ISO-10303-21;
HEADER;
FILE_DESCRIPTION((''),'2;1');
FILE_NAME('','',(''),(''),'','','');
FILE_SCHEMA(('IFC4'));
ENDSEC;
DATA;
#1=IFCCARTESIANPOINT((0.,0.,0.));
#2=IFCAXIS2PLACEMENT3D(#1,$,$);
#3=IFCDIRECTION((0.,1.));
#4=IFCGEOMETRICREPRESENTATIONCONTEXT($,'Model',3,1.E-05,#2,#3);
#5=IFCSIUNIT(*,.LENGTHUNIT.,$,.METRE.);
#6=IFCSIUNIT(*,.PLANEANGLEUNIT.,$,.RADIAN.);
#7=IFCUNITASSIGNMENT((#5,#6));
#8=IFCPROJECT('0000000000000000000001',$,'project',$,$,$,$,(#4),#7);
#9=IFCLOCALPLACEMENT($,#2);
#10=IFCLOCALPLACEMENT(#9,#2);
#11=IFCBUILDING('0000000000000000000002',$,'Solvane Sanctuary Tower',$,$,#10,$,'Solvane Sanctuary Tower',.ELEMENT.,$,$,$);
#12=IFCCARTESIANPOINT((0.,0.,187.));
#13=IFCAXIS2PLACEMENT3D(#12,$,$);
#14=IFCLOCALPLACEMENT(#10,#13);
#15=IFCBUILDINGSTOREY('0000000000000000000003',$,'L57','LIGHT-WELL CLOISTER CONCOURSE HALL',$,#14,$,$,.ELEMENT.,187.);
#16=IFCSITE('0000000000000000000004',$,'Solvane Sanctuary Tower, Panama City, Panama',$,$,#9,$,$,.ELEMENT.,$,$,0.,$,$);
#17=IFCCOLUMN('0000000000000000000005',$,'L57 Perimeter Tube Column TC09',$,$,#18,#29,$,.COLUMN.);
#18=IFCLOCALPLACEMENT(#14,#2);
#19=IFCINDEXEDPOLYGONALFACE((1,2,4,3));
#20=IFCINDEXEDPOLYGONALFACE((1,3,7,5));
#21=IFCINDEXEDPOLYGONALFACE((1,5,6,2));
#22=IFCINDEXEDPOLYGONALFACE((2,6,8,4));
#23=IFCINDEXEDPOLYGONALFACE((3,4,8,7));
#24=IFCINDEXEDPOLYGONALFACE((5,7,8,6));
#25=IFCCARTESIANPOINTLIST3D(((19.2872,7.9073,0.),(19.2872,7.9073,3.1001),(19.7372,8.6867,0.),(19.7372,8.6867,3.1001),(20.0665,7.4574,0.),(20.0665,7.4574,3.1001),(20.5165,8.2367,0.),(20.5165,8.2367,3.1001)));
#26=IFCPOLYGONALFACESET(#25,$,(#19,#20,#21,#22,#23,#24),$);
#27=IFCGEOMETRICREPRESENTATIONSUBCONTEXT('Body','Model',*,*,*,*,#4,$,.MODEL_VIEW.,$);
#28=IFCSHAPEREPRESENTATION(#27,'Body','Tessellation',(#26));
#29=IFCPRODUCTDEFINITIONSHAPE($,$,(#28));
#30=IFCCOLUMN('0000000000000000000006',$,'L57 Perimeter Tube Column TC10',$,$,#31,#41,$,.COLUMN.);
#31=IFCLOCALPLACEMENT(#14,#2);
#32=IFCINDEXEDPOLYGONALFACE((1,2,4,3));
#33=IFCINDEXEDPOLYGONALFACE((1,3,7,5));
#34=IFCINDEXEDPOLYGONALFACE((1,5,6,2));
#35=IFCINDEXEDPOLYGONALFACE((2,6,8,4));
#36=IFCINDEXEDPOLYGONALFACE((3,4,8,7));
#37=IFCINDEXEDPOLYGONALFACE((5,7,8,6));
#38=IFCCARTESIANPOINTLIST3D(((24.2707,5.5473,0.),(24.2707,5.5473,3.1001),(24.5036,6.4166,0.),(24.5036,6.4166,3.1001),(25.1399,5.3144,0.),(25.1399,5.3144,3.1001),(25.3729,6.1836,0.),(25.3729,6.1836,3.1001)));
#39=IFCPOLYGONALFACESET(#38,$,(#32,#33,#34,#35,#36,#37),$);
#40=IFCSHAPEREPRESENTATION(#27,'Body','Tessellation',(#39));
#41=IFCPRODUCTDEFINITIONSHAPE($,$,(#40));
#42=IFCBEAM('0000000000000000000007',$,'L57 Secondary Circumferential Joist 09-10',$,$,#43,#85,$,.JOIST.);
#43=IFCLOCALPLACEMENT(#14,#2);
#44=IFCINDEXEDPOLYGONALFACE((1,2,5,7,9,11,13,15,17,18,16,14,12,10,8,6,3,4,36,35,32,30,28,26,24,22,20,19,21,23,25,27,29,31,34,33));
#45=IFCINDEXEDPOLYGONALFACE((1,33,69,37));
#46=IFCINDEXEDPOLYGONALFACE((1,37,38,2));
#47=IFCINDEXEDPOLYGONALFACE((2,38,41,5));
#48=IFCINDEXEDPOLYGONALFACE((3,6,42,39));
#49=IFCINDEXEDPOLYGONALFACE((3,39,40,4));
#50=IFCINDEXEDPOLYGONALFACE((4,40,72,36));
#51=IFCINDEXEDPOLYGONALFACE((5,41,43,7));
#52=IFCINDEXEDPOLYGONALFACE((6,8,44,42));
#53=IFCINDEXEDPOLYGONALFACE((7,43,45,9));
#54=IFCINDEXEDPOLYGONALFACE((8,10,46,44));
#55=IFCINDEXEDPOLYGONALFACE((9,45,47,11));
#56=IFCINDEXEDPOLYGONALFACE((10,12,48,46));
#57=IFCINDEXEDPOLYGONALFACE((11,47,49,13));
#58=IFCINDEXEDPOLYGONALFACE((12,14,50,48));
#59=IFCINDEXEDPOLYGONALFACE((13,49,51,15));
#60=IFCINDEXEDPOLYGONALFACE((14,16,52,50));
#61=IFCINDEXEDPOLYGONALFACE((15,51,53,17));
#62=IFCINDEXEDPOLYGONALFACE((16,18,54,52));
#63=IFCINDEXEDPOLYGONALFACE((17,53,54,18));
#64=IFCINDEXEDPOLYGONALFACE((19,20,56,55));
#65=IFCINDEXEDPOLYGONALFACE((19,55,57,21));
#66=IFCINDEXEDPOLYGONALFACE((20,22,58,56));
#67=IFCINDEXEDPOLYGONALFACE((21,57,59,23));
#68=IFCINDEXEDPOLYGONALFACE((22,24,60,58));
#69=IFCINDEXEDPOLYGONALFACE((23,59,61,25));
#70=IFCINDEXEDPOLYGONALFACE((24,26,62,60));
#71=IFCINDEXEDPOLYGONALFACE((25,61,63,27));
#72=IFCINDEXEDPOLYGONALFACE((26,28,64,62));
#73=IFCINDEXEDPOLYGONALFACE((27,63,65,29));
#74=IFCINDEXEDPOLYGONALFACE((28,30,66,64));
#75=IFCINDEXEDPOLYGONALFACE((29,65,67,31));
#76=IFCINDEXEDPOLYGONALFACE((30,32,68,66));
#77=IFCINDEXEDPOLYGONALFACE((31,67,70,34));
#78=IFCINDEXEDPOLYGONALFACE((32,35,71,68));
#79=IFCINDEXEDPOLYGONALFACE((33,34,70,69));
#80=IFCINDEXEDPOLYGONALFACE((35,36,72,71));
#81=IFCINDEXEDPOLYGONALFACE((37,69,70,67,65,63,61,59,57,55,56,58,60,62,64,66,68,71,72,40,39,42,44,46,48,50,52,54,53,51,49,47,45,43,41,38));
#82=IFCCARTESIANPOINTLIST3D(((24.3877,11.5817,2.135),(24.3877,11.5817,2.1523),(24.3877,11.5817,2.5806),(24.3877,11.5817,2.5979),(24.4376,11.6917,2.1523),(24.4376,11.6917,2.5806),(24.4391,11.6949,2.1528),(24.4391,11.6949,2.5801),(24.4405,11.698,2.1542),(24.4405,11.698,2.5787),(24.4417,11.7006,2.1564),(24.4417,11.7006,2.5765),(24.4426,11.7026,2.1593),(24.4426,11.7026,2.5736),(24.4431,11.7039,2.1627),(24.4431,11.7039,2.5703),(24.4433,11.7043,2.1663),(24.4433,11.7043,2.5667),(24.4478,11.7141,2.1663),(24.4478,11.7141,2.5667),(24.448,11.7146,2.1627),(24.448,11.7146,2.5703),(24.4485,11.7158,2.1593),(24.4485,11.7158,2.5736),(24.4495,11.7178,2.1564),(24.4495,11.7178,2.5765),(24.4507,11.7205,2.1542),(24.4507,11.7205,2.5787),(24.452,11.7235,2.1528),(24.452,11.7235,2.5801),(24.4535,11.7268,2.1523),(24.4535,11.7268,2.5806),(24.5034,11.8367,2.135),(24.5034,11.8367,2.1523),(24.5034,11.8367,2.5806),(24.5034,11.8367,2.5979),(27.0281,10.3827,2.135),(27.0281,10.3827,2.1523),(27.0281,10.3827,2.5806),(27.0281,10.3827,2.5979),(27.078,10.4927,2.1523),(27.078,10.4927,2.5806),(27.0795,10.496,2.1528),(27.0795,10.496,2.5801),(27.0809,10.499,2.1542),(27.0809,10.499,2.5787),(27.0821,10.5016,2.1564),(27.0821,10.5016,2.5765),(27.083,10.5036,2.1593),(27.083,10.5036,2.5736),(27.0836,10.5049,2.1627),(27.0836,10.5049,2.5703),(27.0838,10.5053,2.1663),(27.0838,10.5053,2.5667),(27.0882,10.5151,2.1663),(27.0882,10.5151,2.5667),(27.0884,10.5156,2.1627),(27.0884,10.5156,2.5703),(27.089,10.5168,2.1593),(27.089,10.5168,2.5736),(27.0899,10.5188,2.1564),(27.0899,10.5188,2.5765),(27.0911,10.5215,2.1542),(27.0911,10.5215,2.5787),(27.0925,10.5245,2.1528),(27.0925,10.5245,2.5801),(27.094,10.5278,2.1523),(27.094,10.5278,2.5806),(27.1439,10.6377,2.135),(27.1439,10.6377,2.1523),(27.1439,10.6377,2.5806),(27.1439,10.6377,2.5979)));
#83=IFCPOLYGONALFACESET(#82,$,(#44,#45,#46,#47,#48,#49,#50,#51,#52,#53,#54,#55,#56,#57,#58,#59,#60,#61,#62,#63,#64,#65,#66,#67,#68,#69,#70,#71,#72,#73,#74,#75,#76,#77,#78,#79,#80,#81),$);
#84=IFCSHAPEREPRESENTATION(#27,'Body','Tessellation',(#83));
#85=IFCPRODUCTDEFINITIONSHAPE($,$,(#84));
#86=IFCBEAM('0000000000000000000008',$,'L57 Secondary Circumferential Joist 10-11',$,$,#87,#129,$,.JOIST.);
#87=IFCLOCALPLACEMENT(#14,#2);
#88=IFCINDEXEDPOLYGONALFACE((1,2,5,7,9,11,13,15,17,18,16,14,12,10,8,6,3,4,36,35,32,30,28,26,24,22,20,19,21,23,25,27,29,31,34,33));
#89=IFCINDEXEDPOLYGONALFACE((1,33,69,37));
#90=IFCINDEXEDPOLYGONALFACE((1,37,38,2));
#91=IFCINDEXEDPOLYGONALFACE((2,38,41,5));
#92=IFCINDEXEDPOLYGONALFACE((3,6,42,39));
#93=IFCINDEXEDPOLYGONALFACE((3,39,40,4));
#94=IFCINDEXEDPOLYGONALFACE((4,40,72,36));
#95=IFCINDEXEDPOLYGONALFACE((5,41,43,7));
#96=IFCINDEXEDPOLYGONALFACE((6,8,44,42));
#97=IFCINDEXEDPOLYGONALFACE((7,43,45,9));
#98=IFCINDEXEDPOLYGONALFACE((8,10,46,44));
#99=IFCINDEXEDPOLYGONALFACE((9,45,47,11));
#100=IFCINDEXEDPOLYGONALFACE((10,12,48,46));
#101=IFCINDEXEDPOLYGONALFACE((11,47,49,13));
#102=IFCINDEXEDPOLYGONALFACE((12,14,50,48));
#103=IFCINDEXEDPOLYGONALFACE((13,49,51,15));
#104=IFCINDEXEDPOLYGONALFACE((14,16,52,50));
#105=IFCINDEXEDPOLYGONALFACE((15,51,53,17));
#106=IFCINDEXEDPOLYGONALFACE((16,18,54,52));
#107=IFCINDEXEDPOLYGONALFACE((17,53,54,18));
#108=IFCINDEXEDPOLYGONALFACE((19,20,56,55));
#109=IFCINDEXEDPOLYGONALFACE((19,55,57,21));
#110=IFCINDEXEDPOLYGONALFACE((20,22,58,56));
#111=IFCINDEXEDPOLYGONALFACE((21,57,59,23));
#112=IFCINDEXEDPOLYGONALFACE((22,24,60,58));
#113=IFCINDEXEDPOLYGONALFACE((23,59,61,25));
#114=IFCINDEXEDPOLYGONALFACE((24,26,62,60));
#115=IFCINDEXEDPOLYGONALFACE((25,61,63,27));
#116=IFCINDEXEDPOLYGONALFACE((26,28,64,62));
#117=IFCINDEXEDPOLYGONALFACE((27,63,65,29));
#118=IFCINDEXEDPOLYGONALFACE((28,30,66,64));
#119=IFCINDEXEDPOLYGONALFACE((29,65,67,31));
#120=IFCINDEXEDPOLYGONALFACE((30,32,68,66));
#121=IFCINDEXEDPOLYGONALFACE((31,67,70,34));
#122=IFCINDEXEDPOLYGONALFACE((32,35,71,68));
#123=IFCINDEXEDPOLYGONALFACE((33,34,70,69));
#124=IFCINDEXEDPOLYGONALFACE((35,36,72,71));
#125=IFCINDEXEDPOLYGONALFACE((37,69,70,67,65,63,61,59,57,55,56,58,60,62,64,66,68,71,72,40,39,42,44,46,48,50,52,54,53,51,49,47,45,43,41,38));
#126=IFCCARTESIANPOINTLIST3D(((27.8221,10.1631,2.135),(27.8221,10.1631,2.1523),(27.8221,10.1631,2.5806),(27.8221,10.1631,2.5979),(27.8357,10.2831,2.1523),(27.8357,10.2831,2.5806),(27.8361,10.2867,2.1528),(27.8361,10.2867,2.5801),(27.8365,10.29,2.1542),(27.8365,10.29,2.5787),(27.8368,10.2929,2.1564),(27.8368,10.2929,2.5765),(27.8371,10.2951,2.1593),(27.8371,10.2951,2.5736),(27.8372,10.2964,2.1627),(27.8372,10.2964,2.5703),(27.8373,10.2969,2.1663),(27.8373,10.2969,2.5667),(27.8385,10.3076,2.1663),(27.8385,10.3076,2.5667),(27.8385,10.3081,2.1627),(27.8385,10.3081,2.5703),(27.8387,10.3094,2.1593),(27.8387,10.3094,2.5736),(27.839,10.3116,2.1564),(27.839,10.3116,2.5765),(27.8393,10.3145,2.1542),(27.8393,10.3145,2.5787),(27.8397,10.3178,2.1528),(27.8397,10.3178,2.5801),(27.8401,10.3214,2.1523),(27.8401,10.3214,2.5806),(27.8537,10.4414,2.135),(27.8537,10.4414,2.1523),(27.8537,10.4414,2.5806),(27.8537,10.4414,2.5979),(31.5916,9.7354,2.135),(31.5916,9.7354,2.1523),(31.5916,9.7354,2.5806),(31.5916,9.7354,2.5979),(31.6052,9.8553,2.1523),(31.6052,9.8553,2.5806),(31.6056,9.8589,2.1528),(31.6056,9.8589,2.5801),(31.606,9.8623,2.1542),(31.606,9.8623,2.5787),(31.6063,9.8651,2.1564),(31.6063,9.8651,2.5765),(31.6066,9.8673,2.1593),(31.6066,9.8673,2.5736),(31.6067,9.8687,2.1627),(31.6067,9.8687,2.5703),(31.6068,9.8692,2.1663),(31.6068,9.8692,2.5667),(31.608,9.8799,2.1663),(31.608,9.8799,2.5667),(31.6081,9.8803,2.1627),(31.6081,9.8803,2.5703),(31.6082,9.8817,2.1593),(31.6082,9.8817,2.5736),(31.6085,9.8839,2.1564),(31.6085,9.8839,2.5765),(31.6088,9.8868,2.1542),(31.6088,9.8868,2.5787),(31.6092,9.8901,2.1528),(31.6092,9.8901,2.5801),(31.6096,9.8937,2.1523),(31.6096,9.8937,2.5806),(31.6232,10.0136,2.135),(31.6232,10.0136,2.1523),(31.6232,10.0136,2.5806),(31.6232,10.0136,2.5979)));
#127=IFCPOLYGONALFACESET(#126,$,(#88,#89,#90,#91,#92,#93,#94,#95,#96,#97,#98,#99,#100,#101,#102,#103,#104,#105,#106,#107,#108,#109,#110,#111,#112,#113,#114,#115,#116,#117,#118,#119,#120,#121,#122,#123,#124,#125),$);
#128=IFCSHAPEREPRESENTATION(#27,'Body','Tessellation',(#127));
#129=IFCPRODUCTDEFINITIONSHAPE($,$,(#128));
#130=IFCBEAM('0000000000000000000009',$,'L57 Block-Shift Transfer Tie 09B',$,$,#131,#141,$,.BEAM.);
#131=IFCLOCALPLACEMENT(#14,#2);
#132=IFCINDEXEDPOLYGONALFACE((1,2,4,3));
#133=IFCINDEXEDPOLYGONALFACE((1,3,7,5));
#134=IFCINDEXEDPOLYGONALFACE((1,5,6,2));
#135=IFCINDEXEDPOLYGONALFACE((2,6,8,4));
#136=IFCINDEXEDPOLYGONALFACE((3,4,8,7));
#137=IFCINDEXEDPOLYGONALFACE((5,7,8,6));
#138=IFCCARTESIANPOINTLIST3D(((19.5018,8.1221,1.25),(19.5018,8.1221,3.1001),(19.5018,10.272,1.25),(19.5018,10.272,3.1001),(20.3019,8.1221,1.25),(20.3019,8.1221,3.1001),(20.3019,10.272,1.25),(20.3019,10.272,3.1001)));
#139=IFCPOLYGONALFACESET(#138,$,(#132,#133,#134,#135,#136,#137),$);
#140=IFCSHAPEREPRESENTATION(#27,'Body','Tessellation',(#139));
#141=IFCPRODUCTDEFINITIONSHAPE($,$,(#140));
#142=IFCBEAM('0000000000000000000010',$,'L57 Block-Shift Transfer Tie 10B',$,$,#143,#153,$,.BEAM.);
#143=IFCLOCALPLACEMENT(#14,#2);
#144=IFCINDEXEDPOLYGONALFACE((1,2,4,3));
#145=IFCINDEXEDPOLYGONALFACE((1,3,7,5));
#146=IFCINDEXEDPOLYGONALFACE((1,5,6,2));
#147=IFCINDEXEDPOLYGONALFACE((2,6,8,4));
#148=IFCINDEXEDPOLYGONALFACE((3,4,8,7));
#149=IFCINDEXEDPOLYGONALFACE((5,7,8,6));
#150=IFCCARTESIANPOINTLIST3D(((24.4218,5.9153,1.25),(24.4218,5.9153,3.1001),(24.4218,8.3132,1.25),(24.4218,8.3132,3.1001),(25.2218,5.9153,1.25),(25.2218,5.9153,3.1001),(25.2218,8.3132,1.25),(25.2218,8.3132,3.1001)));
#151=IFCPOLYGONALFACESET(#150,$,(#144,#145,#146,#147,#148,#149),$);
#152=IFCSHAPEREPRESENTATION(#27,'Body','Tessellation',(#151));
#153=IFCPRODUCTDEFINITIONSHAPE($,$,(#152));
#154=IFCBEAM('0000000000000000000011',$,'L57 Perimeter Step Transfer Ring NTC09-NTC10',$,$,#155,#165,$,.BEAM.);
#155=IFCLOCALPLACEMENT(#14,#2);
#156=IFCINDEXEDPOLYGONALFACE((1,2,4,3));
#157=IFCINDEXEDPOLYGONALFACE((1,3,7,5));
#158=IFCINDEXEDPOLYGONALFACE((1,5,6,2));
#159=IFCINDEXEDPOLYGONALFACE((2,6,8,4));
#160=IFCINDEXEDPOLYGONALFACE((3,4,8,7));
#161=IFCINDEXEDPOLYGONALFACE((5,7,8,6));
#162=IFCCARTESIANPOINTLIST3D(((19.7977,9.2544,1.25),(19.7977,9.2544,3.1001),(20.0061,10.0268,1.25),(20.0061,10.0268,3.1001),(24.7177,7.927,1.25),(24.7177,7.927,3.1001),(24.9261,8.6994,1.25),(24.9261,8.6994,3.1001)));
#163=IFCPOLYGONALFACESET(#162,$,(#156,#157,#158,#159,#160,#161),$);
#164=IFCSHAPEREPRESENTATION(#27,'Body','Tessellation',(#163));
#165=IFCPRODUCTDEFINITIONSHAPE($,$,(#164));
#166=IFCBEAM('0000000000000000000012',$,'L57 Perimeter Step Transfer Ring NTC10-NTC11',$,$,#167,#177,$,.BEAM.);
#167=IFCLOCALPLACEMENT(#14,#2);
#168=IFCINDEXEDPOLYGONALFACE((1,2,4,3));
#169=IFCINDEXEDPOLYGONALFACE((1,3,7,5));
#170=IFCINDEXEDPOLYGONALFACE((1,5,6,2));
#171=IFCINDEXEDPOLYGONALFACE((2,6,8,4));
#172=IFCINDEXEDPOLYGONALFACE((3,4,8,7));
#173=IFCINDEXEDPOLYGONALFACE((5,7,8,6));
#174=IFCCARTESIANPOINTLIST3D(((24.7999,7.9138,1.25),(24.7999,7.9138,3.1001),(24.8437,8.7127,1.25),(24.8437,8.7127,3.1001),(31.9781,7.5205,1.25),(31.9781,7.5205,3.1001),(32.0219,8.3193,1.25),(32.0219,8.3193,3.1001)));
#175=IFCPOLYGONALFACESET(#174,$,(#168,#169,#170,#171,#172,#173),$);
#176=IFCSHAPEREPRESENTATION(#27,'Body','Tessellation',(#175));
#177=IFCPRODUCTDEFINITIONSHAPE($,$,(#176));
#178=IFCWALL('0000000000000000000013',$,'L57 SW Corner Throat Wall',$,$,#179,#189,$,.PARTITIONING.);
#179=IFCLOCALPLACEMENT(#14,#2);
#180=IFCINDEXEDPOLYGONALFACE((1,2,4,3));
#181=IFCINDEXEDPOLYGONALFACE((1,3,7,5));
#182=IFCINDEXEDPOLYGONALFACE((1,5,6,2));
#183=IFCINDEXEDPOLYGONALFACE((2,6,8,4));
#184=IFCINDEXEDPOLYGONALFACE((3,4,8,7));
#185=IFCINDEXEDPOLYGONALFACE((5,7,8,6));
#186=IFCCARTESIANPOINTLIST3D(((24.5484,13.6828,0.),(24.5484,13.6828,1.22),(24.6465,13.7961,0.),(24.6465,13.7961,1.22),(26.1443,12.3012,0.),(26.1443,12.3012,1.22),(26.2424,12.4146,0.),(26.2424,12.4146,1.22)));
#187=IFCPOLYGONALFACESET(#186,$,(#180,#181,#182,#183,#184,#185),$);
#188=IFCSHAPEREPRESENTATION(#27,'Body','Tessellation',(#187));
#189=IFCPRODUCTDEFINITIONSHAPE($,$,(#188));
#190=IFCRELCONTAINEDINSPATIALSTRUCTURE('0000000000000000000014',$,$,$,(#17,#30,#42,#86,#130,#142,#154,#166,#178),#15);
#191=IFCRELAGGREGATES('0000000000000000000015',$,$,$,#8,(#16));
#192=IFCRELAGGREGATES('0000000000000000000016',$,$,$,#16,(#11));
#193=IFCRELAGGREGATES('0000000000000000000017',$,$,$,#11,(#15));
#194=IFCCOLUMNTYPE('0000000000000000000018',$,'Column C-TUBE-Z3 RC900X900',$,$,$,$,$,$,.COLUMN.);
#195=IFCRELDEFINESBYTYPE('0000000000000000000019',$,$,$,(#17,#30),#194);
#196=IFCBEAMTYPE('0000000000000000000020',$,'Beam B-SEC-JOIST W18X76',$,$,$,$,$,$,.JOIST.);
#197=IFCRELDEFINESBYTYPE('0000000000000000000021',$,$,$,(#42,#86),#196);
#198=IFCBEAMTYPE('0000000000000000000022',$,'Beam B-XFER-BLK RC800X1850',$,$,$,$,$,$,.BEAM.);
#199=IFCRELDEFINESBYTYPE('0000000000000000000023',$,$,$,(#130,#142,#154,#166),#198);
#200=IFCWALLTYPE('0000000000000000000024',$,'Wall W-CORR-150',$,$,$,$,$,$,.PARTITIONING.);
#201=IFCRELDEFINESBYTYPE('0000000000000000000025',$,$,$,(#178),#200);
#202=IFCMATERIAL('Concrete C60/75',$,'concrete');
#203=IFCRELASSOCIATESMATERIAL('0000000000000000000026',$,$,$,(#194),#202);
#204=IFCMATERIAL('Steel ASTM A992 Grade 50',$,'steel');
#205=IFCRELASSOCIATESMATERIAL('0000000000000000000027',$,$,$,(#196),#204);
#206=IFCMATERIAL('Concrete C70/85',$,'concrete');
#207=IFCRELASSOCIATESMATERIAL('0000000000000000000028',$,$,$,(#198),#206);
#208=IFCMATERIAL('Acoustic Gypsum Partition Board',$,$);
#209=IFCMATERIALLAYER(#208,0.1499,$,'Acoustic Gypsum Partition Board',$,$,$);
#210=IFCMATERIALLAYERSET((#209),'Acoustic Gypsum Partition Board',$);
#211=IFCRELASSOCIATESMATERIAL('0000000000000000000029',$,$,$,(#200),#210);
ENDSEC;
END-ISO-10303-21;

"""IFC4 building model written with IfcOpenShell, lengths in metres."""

from ifc_helpers import new_model, si_unit, direction, frame, frame_2d, origin, origin_2d, place, context, subcontext, project, spatial, rectangle, i_section, extrude, material, layer, layer_set, material_profile, profile_set, type_object, element, save


model = new_model("IFC4")

# Units and contexts
model_context = context("Model", 3, precision=1e-05, world=origin(), true_north=direction((0.0, 1.0)))
body_context = subcontext(model_context, "Body", "Model", "MODEL_VIEW")
ifc_project = project(units=[si_unit("LENGTHUNIT", "METRE"), si_unit("PLANEANGLEUNIT", "RADIAN")], contexts=[model_context])

# Site, building, storey
site_placement = place(None, origin())
site = spatial("IfcSite", under=ifc_project, at=site_placement, Name="Solvane Sanctuary Tower, Panama City, Panama", CompositionType="ELEMENT", RefElevation=0.0)
building_placement = place(site_placement, origin())
building = spatial("IfcBuilding", under=site, at=building_placement, Name="Solvane Sanctuary Tower", LongName="Solvane Sanctuary Tower", CompositionType="ELEMENT")
storey_placement = place(building_placement, frame((0.0, 0.0, 187.0)))
storey = spatial("IfcBuildingStorey", under=building, at=storey_placement, Name="L57", Description="LIGHT-WELL CLOISTER CONCOURSE HALL", CompositionType="ELEMENT", Elevation=187.0)

# Columns
ifc_material_1 = material(Name="Concrete C60/75", Category="concrete")
ifc_material_profile_1 = material_profile(ifc_material_1, rectangle(XDim=0.8999, YDim=0.8999, at=origin_2d()), Name="RC900X900")
ifc_profile_set_1 = profile_set([ifc_material_profile_1], Name="Concrete C60/75")
column_type = type_object("IfcColumnType", Name="Column C-TUBE-Z3 RC900X900", PredefinedType="COLUMN", material=ifc_profile_set_1)
for number, where, z_axis, x_axis, name in (
    (1, (19.9019, 8.072, 0.0), (0.0, 0.0, 1.0), (-0.5, -0.866025, 0.0), "L57 Perimeter Tube Column TC09"),
    (2, (24.8218, 5.8655, 0.0), (0.0, 0.0, 1.0), (-0.258819, -0.965926, 0.0), "L57 Perimeter Tube Column TC10"),
):
    element("IfcColumn", number, at=place(storey_placement, frame(where, z_axis=z_axis, x_axis=x_axis)), inside=storey, type_object=column_type, Name=name, PredefinedType="COLUMN", context=body_context, shape_type="SweptSolid", body=[
        extrude(rectangle(XDim=0.8999, YDim=0.8999, at=origin_2d()), origin(), (0.0, 0.0, 1.0), 3.1001),
    ])

# Beams
ifc_material_2 = material(Name="Steel ASTM A992 Grade 50", Category="steel")
ifc_material_profile_2 = material_profile(ifc_material_2, i_section(OverallWidth=0.28, OverallDepth=0.4629, WebThickness=0.0107, FlangeThickness=0.0173, FilletRadius=0.0139, at=origin_2d()), Name="W18X76")
ifc_profile_set_2 = profile_set([ifc_material_profile_2], Name="Steel ASTM A992 Grade 50")
beam_type_1 = type_object("IfcBeamType", Name="Beam B-SEC-JOIST W18X76", PredefinedType="JOIST", material=ifc_profile_set_2)
beam_1_placement = place(storey_placement, frame((24.4456, 11.7092, 2.3665), z_axis=(0.910522, -0.41346, 0.0), x_axis=(0.41346, 0.910522, 0.0)))
element("IfcBeam", 3, at=beam_1_placement, inside=storey, type_object=beam_type_1, Name="L57 Secondary Circumferential Joist 09-10", PredefinedType="JOIST", context=body_context, shape_type="SweptSolid", body=[
    extrude(i_section(OverallWidth=0.28, OverallDepth=0.4629, WebThickness=0.0107, FlangeThickness=0.0173, FilletRadius=0.0139, at=origin_2d()), origin(), (0.0, 0.0, 1.0), 2.8999),
])
beam_2_placement = place(storey_placement, frame((27.8379, 10.3022, 2.3665), z_axis=(0.993624, -0.112748, 0.0), x_axis=(0.112748, 0.993624, 0.0)))
element("IfcBeam", 4, at=beam_2_placement, inside=storey, type_object=beam_type_1, Name="L57 Secondary Circumferential Joist 10-11", PredefinedType="JOIST", context=body_context, shape_type="SweptSolid", body=[
    extrude(i_section(OverallWidth=0.28, OverallDepth=0.4629, WebThickness=0.0107, FlangeThickness=0.0173, FilletRadius=0.0139, at=origin_2d()), origin(), (0.0, 0.0, 1.0), 3.7937),
])
ifc_material_3 = material(Name="Concrete C70/85", Category="concrete")
ifc_material_profile_3 = material_profile(ifc_material_3, rectangle(XDim=0.8, YDim=1.8501, at=origin_2d()), Name="RC800X1850")
ifc_profile_set_3 = profile_set([ifc_material_profile_3], Name="Concrete C70/85")
beam_type_2 = type_object("IfcBeamType", Name="Beam B-XFER-BLK RC800X1850", PredefinedType="BEAM", material=ifc_profile_set_3)
beam_3_placement = place(storey_placement, frame((19.9019, 8.1221, 2.175), z_axis=(0.0, 1.0, 0.0), x_axis=(-1.0, 0.0, 0.0)))
element("IfcBeam", 5, at=beam_3_placement, inside=storey, type_object=beam_type_2, Name="L57 Block-Shift Transfer Tie 09B", PredefinedType="BEAM", context=body_context, shape_type="SweptSolid", body=[
    extrude(rectangle(XDim=0.8, YDim=1.8501, at=origin_2d()), origin(), (0.0, 0.0, 1.0), 2.1499),
])
beam_4_placement = place(storey_placement, frame((24.8218, 5.9153, 2.175), z_axis=(0.0, 1.0, 0.0), x_axis=(-1.0, 0.0, 0.0)))
element("IfcBeam", 6, at=beam_4_placement, inside=storey, type_object=beam_type_2, Name="L57 Block-Shift Transfer Tie 10B", PredefinedType="BEAM", context=body_context, shape_type="SweptSolid", body=[
    extrude(rectangle(XDim=0.8, YDim=1.8501, at=origin_2d()), origin(), (0.0, 0.0, 1.0), 2.3979),
])
beam_5_placement = place(storey_placement, frame((19.9019, 9.6406, 2.175), z_axis=(0.965478, -0.260485, 0.0), x_axis=(0.260485, 0.965478, 0.0)))
element("IfcBeam", 7, at=beam_5_placement, inside=storey, type_object=beam_type_2, Name="L57 Perimeter Step Transfer Ring NTC09-NTC10", PredefinedType="BEAM", context=body_context, shape_type="SweptSolid", body=[
    extrude(rectangle(XDim=0.8, YDim=1.8501, at=origin_2d()), origin(), (0.0, 0.0, 1.0), 5.0959),
])
beam_6_placement = place(storey_placement, frame((24.8218, 8.3132, 2.175), z_axis=(0.998502, -0.05471, 0.0), x_axis=(0.05471, 0.998502, 0.0)))
element("IfcBeam", 8, at=beam_6_placement, inside=storey, type_object=beam_type_2, Name="L57 Perimeter Step Transfer Ring NTC10-NTC11", PredefinedType="BEAM", context=body_context, shape_type="SweptSolid", body=[
    extrude(rectangle(XDim=0.8, YDim=1.8501, at=origin_2d()), origin(), (0.0, 0.0, 1.0), 7.189),
])

# Wall
ifc_material_4 = material(Name="Acoustic Gypsum Partition Board")
ifc_layer_1 = layer(ifc_material_4, 0.1499, Name="Acoustic Gypsum Partition Board")
ifc_layer_set_1 = layer_set([ifc_layer_1], Name="Acoustic Gypsum Partition Board")
wall_type_1 = type_object("IfcWallType", Name="Wall W-CORR-150", PredefinedType="PARTITIONING", material=ifc_layer_set_1)
wall_1_placement = place(storey_placement, frame((26.1934, 12.3579, 0.0), z_axis=(0.0, 0.0, 1.0), x_axis=(-0.756055, 0.654508, 0.0)))
element("IfcWall", 9, at=wall_1_placement, inside=storey, type_object=wall_type_1, Name="L57 SW Corner Throat Wall", PredefinedType="PARTITIONING", context=body_context, shape_type="SweptSolid", body=[
    extrude(rectangle(XDim=2.1108, YDim=0.1499, at=frame_2d((1.0554, 0.0))), origin(), (0.0, 0.0, 1.0), 1.22),
])

save(model, "model.ifc")
